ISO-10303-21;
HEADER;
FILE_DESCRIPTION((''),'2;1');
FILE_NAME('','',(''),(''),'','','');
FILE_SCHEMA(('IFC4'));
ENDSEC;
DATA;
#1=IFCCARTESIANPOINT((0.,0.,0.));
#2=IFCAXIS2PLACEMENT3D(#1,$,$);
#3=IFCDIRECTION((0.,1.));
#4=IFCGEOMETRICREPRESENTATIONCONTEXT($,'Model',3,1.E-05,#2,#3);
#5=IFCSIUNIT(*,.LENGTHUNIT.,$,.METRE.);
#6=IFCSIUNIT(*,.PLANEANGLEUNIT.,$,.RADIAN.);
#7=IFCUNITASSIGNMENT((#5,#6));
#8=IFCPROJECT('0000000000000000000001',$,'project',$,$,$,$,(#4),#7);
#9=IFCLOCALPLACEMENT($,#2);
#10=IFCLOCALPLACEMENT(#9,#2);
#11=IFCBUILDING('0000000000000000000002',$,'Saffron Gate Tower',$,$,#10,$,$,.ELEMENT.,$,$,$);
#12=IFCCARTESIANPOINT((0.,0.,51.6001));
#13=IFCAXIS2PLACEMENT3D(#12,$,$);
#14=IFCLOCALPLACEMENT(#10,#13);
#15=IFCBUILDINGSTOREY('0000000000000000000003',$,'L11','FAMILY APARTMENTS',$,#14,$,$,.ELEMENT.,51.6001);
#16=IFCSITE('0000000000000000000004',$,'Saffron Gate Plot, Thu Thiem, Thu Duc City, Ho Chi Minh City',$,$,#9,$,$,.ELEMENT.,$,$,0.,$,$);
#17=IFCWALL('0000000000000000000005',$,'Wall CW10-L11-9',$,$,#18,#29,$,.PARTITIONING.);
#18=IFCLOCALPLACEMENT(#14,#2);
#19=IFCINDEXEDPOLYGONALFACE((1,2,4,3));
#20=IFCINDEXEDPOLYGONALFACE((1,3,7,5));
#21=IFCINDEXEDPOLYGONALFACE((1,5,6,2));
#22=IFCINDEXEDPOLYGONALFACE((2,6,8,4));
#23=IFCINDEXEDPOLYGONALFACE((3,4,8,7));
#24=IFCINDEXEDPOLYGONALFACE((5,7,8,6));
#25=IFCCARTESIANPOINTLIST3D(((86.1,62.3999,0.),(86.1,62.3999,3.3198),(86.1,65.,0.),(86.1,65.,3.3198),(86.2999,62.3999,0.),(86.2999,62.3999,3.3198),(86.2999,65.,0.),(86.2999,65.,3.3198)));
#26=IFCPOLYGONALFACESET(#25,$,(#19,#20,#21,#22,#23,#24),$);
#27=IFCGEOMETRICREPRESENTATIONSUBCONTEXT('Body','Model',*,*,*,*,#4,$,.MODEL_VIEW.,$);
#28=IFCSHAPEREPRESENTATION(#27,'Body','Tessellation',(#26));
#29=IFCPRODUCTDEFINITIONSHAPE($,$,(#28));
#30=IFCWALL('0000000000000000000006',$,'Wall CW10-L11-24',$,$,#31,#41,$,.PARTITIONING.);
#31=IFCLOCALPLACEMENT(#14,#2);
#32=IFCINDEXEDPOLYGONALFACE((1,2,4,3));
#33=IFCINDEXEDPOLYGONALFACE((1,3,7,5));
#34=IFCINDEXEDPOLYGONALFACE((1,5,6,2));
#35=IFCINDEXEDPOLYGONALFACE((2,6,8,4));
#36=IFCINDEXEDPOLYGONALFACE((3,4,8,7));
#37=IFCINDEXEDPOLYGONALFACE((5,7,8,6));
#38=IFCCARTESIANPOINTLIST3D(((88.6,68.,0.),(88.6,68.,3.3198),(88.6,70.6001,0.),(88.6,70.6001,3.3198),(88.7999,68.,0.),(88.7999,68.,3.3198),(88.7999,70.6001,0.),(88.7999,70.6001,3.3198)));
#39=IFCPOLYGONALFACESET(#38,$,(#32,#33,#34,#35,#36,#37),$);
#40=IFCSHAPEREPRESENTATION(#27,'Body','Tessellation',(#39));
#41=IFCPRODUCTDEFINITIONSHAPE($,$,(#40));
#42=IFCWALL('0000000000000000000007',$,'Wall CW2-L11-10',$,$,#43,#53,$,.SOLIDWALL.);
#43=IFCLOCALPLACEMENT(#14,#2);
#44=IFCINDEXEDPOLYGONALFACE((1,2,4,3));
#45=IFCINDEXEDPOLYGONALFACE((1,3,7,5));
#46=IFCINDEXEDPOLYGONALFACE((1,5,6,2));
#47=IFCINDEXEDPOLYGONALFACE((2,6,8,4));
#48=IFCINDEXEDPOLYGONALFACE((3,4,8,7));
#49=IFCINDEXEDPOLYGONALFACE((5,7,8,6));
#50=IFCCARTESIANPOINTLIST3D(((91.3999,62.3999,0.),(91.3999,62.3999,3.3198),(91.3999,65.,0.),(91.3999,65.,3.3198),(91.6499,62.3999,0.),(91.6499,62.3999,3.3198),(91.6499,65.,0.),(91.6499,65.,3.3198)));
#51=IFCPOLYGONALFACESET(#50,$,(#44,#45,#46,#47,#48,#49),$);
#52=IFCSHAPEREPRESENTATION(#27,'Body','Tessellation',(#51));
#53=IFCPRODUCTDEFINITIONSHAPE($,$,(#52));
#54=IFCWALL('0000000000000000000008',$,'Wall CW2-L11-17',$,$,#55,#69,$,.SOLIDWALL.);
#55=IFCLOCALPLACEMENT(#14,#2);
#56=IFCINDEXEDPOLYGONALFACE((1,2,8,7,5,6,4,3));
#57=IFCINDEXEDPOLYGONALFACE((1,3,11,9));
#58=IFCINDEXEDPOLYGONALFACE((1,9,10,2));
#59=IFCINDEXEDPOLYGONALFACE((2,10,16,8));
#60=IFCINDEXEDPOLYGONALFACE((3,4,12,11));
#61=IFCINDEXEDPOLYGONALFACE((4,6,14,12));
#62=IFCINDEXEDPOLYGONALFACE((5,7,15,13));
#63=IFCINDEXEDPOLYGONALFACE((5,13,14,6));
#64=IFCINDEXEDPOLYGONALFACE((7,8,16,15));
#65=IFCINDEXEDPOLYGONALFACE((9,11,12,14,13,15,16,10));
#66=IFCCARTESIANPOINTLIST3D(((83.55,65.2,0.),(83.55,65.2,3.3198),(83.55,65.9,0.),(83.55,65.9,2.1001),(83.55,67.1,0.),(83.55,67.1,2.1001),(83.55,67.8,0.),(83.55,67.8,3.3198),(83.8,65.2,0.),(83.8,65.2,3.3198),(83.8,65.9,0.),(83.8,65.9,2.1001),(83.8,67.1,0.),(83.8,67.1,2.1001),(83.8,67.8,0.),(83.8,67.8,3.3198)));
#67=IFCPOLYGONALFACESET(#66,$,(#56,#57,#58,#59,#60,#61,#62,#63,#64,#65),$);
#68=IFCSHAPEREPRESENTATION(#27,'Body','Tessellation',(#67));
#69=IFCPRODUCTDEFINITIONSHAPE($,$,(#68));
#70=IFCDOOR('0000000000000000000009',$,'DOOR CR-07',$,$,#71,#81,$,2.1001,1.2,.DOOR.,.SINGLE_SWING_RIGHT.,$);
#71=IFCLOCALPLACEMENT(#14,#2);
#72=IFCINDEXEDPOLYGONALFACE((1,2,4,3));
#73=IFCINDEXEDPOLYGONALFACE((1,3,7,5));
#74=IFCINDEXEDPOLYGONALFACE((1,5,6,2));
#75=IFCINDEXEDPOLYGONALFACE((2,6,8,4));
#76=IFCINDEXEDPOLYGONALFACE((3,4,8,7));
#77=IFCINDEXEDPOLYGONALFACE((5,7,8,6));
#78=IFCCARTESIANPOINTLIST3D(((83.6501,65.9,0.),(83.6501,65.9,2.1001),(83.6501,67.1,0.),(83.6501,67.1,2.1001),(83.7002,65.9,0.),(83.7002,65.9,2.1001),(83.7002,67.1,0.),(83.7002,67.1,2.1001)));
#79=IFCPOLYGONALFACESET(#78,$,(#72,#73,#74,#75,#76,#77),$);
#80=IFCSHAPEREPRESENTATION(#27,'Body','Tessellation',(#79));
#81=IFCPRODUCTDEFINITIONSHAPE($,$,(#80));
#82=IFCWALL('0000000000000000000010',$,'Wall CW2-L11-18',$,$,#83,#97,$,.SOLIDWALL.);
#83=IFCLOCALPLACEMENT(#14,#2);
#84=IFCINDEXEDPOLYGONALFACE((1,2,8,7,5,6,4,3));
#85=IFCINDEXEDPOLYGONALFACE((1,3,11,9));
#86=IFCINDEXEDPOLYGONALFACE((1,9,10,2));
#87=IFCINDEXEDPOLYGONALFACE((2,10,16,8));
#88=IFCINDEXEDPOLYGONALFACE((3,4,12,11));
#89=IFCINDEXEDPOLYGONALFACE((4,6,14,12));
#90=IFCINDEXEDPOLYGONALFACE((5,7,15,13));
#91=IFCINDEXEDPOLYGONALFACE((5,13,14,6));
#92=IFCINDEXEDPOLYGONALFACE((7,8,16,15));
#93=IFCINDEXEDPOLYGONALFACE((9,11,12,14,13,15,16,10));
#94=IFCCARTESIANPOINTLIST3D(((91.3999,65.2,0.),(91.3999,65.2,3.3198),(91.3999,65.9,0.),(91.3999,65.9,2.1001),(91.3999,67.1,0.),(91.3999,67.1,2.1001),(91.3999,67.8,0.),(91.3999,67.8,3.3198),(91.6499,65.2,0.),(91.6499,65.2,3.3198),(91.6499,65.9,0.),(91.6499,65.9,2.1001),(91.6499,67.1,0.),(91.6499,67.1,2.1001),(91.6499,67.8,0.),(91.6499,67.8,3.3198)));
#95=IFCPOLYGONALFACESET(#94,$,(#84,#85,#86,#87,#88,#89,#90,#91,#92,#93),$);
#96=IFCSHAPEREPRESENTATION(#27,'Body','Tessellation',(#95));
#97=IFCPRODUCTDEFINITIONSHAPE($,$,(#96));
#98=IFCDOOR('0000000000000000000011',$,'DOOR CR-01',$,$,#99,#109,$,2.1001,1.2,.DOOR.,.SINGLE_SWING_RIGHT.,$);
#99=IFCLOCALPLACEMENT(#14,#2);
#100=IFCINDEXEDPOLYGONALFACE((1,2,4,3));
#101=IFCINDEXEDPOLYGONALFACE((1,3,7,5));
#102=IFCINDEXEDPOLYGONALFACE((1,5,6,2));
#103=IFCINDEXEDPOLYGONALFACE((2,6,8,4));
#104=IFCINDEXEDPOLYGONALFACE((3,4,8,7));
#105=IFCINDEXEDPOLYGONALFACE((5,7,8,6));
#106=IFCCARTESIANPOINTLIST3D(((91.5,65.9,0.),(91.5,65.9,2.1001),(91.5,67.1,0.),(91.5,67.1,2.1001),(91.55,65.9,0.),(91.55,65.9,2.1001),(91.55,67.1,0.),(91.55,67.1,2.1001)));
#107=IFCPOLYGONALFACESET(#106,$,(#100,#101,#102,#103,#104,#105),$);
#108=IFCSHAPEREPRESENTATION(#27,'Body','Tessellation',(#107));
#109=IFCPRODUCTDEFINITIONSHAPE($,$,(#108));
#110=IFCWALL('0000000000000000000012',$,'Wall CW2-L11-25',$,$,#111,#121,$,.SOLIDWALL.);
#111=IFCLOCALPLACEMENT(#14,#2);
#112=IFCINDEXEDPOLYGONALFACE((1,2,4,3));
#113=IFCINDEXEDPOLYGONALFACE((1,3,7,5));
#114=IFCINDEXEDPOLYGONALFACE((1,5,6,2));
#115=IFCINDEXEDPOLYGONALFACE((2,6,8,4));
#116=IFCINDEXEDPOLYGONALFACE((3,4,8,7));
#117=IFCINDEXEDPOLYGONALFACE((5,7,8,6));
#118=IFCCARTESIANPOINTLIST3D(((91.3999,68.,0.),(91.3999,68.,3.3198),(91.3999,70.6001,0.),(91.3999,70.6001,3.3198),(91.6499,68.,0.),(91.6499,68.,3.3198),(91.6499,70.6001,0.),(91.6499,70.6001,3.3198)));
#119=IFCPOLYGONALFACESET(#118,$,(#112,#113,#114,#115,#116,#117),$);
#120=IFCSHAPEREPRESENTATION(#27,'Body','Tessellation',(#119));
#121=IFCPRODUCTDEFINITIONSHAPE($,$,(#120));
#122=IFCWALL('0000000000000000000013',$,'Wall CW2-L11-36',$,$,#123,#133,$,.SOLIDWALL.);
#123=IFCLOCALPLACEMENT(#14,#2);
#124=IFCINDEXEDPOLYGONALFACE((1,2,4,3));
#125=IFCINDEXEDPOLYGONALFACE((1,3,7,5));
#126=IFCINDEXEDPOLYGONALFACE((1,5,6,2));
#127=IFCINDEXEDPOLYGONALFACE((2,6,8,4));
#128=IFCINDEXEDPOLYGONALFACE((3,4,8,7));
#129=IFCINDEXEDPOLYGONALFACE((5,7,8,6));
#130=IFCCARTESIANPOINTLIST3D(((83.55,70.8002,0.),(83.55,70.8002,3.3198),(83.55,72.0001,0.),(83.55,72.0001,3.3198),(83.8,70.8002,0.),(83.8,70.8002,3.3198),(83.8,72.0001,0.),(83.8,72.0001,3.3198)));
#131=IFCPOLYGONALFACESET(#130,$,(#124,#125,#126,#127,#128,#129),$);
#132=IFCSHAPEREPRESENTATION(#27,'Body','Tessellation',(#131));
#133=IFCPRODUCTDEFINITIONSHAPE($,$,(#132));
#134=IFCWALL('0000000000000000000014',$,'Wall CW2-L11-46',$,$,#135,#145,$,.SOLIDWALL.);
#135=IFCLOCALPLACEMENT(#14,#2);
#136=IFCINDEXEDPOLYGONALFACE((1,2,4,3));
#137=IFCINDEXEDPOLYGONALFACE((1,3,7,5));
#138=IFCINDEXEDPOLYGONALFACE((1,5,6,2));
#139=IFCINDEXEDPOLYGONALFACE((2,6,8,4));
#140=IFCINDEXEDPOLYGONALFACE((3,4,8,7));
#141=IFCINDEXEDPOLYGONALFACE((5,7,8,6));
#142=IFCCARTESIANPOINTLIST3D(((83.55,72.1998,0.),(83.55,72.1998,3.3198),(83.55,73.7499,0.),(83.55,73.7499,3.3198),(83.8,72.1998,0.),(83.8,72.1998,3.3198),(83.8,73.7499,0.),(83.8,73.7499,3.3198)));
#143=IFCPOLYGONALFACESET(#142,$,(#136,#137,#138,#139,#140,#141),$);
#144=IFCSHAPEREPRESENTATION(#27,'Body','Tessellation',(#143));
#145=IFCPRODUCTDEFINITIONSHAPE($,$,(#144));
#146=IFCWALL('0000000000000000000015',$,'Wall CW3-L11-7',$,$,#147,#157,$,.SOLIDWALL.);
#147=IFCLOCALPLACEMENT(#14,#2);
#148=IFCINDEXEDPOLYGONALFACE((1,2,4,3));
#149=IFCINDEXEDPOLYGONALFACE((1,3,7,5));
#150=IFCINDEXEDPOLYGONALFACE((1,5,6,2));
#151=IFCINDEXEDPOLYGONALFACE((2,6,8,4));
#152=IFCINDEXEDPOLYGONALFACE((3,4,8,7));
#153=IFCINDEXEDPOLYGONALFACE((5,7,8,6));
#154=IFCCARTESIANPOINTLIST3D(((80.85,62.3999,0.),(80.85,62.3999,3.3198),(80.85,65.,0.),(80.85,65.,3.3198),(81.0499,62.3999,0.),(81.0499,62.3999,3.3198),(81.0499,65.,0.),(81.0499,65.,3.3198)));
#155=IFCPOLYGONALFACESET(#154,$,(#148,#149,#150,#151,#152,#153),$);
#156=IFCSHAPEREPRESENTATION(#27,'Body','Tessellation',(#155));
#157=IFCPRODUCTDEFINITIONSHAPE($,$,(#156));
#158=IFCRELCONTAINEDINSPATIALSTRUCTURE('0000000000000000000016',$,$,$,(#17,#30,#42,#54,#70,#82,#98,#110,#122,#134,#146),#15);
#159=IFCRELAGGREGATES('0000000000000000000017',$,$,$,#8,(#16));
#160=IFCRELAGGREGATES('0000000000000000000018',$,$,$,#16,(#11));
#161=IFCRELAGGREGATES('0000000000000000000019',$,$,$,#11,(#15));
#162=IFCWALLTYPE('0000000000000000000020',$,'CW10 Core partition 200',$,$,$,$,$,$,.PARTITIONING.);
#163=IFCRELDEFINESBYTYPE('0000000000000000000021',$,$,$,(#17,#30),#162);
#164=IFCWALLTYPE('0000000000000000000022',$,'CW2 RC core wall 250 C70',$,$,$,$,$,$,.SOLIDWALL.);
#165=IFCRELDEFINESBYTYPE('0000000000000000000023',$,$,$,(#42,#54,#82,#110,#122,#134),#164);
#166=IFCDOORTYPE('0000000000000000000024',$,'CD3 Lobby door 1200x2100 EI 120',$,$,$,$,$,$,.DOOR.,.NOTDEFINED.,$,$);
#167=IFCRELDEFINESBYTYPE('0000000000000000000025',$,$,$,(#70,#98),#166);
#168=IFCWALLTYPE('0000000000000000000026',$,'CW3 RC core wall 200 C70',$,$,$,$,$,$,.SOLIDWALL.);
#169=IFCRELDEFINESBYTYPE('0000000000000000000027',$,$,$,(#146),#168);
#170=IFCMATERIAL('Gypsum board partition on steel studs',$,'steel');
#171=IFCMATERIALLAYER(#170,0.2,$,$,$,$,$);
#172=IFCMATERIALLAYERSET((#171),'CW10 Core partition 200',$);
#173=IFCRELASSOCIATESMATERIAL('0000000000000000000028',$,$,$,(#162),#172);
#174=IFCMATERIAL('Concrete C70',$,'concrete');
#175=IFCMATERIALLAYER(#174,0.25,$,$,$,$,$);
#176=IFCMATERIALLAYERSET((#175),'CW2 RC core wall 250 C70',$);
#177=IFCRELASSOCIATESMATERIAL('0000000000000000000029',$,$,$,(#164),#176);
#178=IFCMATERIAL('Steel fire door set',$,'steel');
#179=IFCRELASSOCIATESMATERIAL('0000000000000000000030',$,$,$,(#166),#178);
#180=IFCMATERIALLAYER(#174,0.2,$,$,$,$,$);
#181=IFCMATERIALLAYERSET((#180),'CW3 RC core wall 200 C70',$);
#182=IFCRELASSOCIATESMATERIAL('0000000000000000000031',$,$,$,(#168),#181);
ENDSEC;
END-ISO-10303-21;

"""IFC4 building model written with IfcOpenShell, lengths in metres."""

from ifc_helpers import new_model, si_unit, direction, frame, frame_2d, origin, place, context, subcontext, project, spatial, rectangle, extrude, material, layer, layer_set, type_object, element, fill, save


model = new_model("IFC4")

# Units and contexts
model_context = context("Model", 3, precision=1e-05, world=origin(), true_north=direction((0.0, 1.0)))
body_context = subcontext(model_context, "Body", "Model", "MODEL_VIEW")
ifc_project = project(units=[si_unit("LENGTHUNIT", "METRE"), si_unit("PLANEANGLEUNIT", "RADIAN")], contexts=[model_context])

# Site, building, storey
site_placement = place(None, origin())
site = spatial("IfcSite", under=ifc_project, at=site_placement, Name="Saffron Gate Plot, Thu Thiem, Thu Duc City, Ho Chi Minh City", CompositionType="ELEMENT", RefElevation=0.0)
building_placement = place(site_placement, origin())
building = spatial("IfcBuilding", under=site, at=building_placement, Name="Saffron Gate Tower", CompositionType="ELEMENT")
storey_placement = place(building_placement, frame((0.0, 0.0, 51.6001)))
storey = spatial("IfcBuildingStorey", under=building, at=storey_placement, Name="L11", Description="FAMILY APARTMENTS", CompositionType="ELEMENT", Elevation=51.6001)

# Walls
ifc_material_1 = material(Name="Gypsum board partition on steel studs", Category="steel")
ifc_layer_1 = layer(ifc_material_1, 0.2)
ifc_layer_set_1 = layer_set([ifc_layer_1], Name="CW10 Core partition 200")
wall_type_1 = type_object("IfcWallType", Name="CW10 Core partition 200", PredefinedType="PARTITIONING", material=ifc_layer_set_1)
for number, where, z_axis, x_axis, name in (
    (1, (86.2, 62.3999, 0.0), (0.0, 0.0, 1.0), (0.0, 1.0, 0.0), "Wall CW10-L11-9"),
    (2, (88.7, 68.0, 0.0), (0.0, 0.0, 1.0), (0.0, 1.0, 0.0), "Wall CW10-L11-24"),
):
    element("IfcWall", number, at=place(storey_placement, frame(where, z_axis=z_axis, x_axis=x_axis)), inside=storey, type_object=wall_type_1, Name=name, PredefinedType="PARTITIONING", context=body_context, shape_type="SweptSolid", body=[
        extrude(rectangle(XDim=2.6001, YDim=0.2, at=frame_2d((1.3, 0.0))), origin(), (0.0, 0.0, 1.0), 3.3198),
    ])
ifc_material_2 = material(Name="Concrete C70", Category="concrete")
ifc_layer_2 = layer(ifc_material_2, 0.25)
ifc_layer_set_2 = layer_set([ifc_layer_2], Name="CW2 RC core wall 250 C70")
wall_type_2 = type_object("IfcWallType", Name="CW2 RC core wall 250 C70", PredefinedType="SOLIDWALL", material=ifc_layer_set_2)
wall_1_placement = place(storey_placement, frame((91.5249, 62.3999, 0.0), z_axis=(0.0, 0.0, 1.0), x_axis=(0.0, 1.0, 0.0)))
element("IfcWall", 3, at=wall_1_placement, inside=storey, type_object=wall_type_2, Name="Wall CW2-L11-10", PredefinedType="SOLIDWALL", context=body_context, shape_type="SweptSolid", body=[
    extrude(rectangle(XDim=2.6001, YDim=0.25, at=frame_2d((1.3, 0.0))), origin(), (0.0, 0.0, 1.0), 3.3198),
])

# Walls, openings, doors
wall_2_placement = place(storey_placement, frame((83.675, 65.2, 0.0), z_axis=(0.0, 0.0, 1.0), x_axis=(0.0, 1.0, 0.0)))
wall_2 = element("IfcWall", 4, at=wall_2_placement, inside=storey, type_object=wall_type_2, Name="Wall CW2-L11-17", PredefinedType="SOLIDWALL", context=body_context, shape_type="SweptSolid", body=[
    extrude(rectangle(XDim=2.6001, YDim=0.25, at=frame_2d((1.3, 0.0))), origin(), (0.0, 0.0, 1.0), 3.3198),
])
opening_1_placement = place(wall_2_placement, frame((0.7, 0.0, 0.0)))
opening_1 = element("IfcOpeningElement", 5, at=opening_1_placement, cuts=wall_2, PredefinedType="OPENING", context=body_context, shape_type="SweptSolid", body=[
    extrude(rectangle(XDim=1.2, YDim=2.1001, at=frame_2d((0.6001, 1.05))), frame((0.0, 0.135, 0.0), z_axis=(0.0, -1.0, 0.0), x_axis=(1.0, 0.0, 0.0)), (0.0, 0.0, 1.0), 0.27),
])
ifc_material_3 = material(Name="Steel fire door set", Category="steel")
door_type_1 = type_object("IfcDoorType", Name="CD3 Lobby door 1200x2100 EI 120", OperationType="NOTDEFINED", PredefinedType="DOOR", material=ifc_material_3)
door_1_placement = place(opening_1_placement, origin())
door_1 = element("IfcDoor", 6, at=door_1_placement, inside=storey, type_object=door_type_1, Name="DOOR CR-07", OperationType="SINGLE_SWING_RIGHT", OverallHeight=2.1001, OverallWidth=1.2, PredefinedType="DOOR", context=body_context, shape_type="SweptSolid", body=[
    extrude(rectangle(XDim=1.2, YDim=2.1001, at=frame_2d((0.6001, 1.05))), frame((0.0, 0.0249, 0.0), z_axis=(0.0, -1.0, 0.0), x_axis=(1.0, 0.0, 0.0)), (0.0, 0.0, 1.0), 0.05),
])
fill(opening_1, door_1)
wall_3_placement = place(storey_placement, frame((91.5249, 65.2, 0.0), z_axis=(0.0, 0.0, 1.0), x_axis=(0.0, 1.0, 0.0)))
wall_3 = element("IfcWall", 7, at=wall_3_placement, inside=storey, type_object=wall_type_2, Name="Wall CW2-L11-18", PredefinedType="SOLIDWALL", context=body_context, shape_type="SweptSolid", body=[
    extrude(rectangle(XDim=2.6001, YDim=0.25, at=frame_2d((1.3, 0.0))), origin(), (0.0, 0.0, 1.0), 3.3198),
])
opening_2_placement = place(wall_3_placement, frame((0.7, 0.0, 0.0)))
opening_2 = element("IfcOpeningElement", 8, at=opening_2_placement, cuts=wall_3, PredefinedType="OPENING", context=body_context, shape_type="SweptSolid", body=[
    extrude(rectangle(XDim=1.2, YDim=2.1001, at=frame_2d((0.6001, 1.05))), frame((0.0, 0.135, 0.0), z_axis=(0.0, -1.0, 0.0), x_axis=(1.0, 0.0, 0.0)), (0.0, 0.0, 1.0), 0.27),
])
door_2_placement = place(opening_2_placement, origin())
door_2 = element("IfcDoor", 9, at=door_2_placement, inside=storey, type_object=door_type_1, Name="DOOR CR-01", OperationType="SINGLE_SWING_RIGHT", OverallHeight=2.1001, OverallWidth=1.2, PredefinedType="DOOR", context=body_context, shape_type="SweptSolid", body=[
    extrude(rectangle(XDim=1.2, YDim=2.1001, at=frame_2d((0.6001, 1.05))), frame((0.0, 0.0249, 0.0), z_axis=(0.0, -1.0, 0.0), x_axis=(1.0, 0.0, 0.0)), (0.0, 0.0, 1.0), 0.05),
])
fill(opening_2, door_2)

# Walls
wall_4_placement = place(storey_placement, frame((91.5249, 68.0, 0.0), z_axis=(0.0, 0.0, 1.0), x_axis=(0.0, 1.0, 0.0)))
element("IfcWall", 10, at=wall_4_placement, inside=storey, type_object=wall_type_2, Name="Wall CW2-L11-25", PredefinedType="SOLIDWALL", context=body_context, shape_type="SweptSolid", body=[
    extrude(rectangle(XDim=2.6001, YDim=0.25, at=frame_2d((1.3, 0.0))), origin(), (0.0, 0.0, 1.0), 3.3198),
])
wall_5_placement = place(storey_placement, frame((83.675, 70.8, 0.0), z_axis=(0.0, 0.0, 1.0), x_axis=(0.0, 1.0, 0.0)))
element("IfcWall", 11, at=wall_5_placement, inside=storey, type_object=wall_type_2, Name="Wall CW2-L11-36", PredefinedType="SOLIDWALL", context=body_context, shape_type="SweptSolid", body=[
    extrude(rectangle(XDim=1.2, YDim=0.25, at=frame_2d((0.6001, 0.0))), origin(), (0.0, 0.0, 1.0), 3.3198),
])
wall_6_placement = place(storey_placement, frame((83.675, 72.2, 0.0), z_axis=(0.0, 0.0, 1.0), x_axis=(0.0, 1.0, 0.0)))
element("IfcWall", 12, at=wall_6_placement, inside=storey, type_object=wall_type_2, Name="Wall CW2-L11-46", PredefinedType="SOLIDWALL", context=body_context, shape_type="SweptSolid", body=[
    extrude(rectangle(XDim=1.55, YDim=0.25, at=frame_2d((0.7749, 0.0))), origin(), (0.0, 0.0, 1.0), 3.3198),
])
ifc_layer_3 = layer(ifc_material_2, 0.2)
ifc_layer_set_3 = layer_set([ifc_layer_3], Name="CW3 RC core wall 200 C70")
wall_type_3 = type_object("IfcWallType", Name="CW3 RC core wall 200 C70", PredefinedType="SOLIDWALL", material=ifc_layer_set_3)
wall_7_placement = place(storey_placement, frame((80.95, 62.3999, 0.0), z_axis=(0.0, 0.0, 1.0), x_axis=(0.0, 1.0, 0.0)))
element("IfcWall", 13, at=wall_7_placement, inside=storey, type_object=wall_type_3, Name="Wall CW3-L11-7", PredefinedType="SOLIDWALL", context=body_context, shape_type="SweptSolid", body=[
    extrude(rectangle(XDim=2.6001, YDim=0.2, at=frame_2d((1.3, 0.0))), origin(), (0.0, 0.0, 1.0), 3.3198),
])

save(model, "model.ifc")
